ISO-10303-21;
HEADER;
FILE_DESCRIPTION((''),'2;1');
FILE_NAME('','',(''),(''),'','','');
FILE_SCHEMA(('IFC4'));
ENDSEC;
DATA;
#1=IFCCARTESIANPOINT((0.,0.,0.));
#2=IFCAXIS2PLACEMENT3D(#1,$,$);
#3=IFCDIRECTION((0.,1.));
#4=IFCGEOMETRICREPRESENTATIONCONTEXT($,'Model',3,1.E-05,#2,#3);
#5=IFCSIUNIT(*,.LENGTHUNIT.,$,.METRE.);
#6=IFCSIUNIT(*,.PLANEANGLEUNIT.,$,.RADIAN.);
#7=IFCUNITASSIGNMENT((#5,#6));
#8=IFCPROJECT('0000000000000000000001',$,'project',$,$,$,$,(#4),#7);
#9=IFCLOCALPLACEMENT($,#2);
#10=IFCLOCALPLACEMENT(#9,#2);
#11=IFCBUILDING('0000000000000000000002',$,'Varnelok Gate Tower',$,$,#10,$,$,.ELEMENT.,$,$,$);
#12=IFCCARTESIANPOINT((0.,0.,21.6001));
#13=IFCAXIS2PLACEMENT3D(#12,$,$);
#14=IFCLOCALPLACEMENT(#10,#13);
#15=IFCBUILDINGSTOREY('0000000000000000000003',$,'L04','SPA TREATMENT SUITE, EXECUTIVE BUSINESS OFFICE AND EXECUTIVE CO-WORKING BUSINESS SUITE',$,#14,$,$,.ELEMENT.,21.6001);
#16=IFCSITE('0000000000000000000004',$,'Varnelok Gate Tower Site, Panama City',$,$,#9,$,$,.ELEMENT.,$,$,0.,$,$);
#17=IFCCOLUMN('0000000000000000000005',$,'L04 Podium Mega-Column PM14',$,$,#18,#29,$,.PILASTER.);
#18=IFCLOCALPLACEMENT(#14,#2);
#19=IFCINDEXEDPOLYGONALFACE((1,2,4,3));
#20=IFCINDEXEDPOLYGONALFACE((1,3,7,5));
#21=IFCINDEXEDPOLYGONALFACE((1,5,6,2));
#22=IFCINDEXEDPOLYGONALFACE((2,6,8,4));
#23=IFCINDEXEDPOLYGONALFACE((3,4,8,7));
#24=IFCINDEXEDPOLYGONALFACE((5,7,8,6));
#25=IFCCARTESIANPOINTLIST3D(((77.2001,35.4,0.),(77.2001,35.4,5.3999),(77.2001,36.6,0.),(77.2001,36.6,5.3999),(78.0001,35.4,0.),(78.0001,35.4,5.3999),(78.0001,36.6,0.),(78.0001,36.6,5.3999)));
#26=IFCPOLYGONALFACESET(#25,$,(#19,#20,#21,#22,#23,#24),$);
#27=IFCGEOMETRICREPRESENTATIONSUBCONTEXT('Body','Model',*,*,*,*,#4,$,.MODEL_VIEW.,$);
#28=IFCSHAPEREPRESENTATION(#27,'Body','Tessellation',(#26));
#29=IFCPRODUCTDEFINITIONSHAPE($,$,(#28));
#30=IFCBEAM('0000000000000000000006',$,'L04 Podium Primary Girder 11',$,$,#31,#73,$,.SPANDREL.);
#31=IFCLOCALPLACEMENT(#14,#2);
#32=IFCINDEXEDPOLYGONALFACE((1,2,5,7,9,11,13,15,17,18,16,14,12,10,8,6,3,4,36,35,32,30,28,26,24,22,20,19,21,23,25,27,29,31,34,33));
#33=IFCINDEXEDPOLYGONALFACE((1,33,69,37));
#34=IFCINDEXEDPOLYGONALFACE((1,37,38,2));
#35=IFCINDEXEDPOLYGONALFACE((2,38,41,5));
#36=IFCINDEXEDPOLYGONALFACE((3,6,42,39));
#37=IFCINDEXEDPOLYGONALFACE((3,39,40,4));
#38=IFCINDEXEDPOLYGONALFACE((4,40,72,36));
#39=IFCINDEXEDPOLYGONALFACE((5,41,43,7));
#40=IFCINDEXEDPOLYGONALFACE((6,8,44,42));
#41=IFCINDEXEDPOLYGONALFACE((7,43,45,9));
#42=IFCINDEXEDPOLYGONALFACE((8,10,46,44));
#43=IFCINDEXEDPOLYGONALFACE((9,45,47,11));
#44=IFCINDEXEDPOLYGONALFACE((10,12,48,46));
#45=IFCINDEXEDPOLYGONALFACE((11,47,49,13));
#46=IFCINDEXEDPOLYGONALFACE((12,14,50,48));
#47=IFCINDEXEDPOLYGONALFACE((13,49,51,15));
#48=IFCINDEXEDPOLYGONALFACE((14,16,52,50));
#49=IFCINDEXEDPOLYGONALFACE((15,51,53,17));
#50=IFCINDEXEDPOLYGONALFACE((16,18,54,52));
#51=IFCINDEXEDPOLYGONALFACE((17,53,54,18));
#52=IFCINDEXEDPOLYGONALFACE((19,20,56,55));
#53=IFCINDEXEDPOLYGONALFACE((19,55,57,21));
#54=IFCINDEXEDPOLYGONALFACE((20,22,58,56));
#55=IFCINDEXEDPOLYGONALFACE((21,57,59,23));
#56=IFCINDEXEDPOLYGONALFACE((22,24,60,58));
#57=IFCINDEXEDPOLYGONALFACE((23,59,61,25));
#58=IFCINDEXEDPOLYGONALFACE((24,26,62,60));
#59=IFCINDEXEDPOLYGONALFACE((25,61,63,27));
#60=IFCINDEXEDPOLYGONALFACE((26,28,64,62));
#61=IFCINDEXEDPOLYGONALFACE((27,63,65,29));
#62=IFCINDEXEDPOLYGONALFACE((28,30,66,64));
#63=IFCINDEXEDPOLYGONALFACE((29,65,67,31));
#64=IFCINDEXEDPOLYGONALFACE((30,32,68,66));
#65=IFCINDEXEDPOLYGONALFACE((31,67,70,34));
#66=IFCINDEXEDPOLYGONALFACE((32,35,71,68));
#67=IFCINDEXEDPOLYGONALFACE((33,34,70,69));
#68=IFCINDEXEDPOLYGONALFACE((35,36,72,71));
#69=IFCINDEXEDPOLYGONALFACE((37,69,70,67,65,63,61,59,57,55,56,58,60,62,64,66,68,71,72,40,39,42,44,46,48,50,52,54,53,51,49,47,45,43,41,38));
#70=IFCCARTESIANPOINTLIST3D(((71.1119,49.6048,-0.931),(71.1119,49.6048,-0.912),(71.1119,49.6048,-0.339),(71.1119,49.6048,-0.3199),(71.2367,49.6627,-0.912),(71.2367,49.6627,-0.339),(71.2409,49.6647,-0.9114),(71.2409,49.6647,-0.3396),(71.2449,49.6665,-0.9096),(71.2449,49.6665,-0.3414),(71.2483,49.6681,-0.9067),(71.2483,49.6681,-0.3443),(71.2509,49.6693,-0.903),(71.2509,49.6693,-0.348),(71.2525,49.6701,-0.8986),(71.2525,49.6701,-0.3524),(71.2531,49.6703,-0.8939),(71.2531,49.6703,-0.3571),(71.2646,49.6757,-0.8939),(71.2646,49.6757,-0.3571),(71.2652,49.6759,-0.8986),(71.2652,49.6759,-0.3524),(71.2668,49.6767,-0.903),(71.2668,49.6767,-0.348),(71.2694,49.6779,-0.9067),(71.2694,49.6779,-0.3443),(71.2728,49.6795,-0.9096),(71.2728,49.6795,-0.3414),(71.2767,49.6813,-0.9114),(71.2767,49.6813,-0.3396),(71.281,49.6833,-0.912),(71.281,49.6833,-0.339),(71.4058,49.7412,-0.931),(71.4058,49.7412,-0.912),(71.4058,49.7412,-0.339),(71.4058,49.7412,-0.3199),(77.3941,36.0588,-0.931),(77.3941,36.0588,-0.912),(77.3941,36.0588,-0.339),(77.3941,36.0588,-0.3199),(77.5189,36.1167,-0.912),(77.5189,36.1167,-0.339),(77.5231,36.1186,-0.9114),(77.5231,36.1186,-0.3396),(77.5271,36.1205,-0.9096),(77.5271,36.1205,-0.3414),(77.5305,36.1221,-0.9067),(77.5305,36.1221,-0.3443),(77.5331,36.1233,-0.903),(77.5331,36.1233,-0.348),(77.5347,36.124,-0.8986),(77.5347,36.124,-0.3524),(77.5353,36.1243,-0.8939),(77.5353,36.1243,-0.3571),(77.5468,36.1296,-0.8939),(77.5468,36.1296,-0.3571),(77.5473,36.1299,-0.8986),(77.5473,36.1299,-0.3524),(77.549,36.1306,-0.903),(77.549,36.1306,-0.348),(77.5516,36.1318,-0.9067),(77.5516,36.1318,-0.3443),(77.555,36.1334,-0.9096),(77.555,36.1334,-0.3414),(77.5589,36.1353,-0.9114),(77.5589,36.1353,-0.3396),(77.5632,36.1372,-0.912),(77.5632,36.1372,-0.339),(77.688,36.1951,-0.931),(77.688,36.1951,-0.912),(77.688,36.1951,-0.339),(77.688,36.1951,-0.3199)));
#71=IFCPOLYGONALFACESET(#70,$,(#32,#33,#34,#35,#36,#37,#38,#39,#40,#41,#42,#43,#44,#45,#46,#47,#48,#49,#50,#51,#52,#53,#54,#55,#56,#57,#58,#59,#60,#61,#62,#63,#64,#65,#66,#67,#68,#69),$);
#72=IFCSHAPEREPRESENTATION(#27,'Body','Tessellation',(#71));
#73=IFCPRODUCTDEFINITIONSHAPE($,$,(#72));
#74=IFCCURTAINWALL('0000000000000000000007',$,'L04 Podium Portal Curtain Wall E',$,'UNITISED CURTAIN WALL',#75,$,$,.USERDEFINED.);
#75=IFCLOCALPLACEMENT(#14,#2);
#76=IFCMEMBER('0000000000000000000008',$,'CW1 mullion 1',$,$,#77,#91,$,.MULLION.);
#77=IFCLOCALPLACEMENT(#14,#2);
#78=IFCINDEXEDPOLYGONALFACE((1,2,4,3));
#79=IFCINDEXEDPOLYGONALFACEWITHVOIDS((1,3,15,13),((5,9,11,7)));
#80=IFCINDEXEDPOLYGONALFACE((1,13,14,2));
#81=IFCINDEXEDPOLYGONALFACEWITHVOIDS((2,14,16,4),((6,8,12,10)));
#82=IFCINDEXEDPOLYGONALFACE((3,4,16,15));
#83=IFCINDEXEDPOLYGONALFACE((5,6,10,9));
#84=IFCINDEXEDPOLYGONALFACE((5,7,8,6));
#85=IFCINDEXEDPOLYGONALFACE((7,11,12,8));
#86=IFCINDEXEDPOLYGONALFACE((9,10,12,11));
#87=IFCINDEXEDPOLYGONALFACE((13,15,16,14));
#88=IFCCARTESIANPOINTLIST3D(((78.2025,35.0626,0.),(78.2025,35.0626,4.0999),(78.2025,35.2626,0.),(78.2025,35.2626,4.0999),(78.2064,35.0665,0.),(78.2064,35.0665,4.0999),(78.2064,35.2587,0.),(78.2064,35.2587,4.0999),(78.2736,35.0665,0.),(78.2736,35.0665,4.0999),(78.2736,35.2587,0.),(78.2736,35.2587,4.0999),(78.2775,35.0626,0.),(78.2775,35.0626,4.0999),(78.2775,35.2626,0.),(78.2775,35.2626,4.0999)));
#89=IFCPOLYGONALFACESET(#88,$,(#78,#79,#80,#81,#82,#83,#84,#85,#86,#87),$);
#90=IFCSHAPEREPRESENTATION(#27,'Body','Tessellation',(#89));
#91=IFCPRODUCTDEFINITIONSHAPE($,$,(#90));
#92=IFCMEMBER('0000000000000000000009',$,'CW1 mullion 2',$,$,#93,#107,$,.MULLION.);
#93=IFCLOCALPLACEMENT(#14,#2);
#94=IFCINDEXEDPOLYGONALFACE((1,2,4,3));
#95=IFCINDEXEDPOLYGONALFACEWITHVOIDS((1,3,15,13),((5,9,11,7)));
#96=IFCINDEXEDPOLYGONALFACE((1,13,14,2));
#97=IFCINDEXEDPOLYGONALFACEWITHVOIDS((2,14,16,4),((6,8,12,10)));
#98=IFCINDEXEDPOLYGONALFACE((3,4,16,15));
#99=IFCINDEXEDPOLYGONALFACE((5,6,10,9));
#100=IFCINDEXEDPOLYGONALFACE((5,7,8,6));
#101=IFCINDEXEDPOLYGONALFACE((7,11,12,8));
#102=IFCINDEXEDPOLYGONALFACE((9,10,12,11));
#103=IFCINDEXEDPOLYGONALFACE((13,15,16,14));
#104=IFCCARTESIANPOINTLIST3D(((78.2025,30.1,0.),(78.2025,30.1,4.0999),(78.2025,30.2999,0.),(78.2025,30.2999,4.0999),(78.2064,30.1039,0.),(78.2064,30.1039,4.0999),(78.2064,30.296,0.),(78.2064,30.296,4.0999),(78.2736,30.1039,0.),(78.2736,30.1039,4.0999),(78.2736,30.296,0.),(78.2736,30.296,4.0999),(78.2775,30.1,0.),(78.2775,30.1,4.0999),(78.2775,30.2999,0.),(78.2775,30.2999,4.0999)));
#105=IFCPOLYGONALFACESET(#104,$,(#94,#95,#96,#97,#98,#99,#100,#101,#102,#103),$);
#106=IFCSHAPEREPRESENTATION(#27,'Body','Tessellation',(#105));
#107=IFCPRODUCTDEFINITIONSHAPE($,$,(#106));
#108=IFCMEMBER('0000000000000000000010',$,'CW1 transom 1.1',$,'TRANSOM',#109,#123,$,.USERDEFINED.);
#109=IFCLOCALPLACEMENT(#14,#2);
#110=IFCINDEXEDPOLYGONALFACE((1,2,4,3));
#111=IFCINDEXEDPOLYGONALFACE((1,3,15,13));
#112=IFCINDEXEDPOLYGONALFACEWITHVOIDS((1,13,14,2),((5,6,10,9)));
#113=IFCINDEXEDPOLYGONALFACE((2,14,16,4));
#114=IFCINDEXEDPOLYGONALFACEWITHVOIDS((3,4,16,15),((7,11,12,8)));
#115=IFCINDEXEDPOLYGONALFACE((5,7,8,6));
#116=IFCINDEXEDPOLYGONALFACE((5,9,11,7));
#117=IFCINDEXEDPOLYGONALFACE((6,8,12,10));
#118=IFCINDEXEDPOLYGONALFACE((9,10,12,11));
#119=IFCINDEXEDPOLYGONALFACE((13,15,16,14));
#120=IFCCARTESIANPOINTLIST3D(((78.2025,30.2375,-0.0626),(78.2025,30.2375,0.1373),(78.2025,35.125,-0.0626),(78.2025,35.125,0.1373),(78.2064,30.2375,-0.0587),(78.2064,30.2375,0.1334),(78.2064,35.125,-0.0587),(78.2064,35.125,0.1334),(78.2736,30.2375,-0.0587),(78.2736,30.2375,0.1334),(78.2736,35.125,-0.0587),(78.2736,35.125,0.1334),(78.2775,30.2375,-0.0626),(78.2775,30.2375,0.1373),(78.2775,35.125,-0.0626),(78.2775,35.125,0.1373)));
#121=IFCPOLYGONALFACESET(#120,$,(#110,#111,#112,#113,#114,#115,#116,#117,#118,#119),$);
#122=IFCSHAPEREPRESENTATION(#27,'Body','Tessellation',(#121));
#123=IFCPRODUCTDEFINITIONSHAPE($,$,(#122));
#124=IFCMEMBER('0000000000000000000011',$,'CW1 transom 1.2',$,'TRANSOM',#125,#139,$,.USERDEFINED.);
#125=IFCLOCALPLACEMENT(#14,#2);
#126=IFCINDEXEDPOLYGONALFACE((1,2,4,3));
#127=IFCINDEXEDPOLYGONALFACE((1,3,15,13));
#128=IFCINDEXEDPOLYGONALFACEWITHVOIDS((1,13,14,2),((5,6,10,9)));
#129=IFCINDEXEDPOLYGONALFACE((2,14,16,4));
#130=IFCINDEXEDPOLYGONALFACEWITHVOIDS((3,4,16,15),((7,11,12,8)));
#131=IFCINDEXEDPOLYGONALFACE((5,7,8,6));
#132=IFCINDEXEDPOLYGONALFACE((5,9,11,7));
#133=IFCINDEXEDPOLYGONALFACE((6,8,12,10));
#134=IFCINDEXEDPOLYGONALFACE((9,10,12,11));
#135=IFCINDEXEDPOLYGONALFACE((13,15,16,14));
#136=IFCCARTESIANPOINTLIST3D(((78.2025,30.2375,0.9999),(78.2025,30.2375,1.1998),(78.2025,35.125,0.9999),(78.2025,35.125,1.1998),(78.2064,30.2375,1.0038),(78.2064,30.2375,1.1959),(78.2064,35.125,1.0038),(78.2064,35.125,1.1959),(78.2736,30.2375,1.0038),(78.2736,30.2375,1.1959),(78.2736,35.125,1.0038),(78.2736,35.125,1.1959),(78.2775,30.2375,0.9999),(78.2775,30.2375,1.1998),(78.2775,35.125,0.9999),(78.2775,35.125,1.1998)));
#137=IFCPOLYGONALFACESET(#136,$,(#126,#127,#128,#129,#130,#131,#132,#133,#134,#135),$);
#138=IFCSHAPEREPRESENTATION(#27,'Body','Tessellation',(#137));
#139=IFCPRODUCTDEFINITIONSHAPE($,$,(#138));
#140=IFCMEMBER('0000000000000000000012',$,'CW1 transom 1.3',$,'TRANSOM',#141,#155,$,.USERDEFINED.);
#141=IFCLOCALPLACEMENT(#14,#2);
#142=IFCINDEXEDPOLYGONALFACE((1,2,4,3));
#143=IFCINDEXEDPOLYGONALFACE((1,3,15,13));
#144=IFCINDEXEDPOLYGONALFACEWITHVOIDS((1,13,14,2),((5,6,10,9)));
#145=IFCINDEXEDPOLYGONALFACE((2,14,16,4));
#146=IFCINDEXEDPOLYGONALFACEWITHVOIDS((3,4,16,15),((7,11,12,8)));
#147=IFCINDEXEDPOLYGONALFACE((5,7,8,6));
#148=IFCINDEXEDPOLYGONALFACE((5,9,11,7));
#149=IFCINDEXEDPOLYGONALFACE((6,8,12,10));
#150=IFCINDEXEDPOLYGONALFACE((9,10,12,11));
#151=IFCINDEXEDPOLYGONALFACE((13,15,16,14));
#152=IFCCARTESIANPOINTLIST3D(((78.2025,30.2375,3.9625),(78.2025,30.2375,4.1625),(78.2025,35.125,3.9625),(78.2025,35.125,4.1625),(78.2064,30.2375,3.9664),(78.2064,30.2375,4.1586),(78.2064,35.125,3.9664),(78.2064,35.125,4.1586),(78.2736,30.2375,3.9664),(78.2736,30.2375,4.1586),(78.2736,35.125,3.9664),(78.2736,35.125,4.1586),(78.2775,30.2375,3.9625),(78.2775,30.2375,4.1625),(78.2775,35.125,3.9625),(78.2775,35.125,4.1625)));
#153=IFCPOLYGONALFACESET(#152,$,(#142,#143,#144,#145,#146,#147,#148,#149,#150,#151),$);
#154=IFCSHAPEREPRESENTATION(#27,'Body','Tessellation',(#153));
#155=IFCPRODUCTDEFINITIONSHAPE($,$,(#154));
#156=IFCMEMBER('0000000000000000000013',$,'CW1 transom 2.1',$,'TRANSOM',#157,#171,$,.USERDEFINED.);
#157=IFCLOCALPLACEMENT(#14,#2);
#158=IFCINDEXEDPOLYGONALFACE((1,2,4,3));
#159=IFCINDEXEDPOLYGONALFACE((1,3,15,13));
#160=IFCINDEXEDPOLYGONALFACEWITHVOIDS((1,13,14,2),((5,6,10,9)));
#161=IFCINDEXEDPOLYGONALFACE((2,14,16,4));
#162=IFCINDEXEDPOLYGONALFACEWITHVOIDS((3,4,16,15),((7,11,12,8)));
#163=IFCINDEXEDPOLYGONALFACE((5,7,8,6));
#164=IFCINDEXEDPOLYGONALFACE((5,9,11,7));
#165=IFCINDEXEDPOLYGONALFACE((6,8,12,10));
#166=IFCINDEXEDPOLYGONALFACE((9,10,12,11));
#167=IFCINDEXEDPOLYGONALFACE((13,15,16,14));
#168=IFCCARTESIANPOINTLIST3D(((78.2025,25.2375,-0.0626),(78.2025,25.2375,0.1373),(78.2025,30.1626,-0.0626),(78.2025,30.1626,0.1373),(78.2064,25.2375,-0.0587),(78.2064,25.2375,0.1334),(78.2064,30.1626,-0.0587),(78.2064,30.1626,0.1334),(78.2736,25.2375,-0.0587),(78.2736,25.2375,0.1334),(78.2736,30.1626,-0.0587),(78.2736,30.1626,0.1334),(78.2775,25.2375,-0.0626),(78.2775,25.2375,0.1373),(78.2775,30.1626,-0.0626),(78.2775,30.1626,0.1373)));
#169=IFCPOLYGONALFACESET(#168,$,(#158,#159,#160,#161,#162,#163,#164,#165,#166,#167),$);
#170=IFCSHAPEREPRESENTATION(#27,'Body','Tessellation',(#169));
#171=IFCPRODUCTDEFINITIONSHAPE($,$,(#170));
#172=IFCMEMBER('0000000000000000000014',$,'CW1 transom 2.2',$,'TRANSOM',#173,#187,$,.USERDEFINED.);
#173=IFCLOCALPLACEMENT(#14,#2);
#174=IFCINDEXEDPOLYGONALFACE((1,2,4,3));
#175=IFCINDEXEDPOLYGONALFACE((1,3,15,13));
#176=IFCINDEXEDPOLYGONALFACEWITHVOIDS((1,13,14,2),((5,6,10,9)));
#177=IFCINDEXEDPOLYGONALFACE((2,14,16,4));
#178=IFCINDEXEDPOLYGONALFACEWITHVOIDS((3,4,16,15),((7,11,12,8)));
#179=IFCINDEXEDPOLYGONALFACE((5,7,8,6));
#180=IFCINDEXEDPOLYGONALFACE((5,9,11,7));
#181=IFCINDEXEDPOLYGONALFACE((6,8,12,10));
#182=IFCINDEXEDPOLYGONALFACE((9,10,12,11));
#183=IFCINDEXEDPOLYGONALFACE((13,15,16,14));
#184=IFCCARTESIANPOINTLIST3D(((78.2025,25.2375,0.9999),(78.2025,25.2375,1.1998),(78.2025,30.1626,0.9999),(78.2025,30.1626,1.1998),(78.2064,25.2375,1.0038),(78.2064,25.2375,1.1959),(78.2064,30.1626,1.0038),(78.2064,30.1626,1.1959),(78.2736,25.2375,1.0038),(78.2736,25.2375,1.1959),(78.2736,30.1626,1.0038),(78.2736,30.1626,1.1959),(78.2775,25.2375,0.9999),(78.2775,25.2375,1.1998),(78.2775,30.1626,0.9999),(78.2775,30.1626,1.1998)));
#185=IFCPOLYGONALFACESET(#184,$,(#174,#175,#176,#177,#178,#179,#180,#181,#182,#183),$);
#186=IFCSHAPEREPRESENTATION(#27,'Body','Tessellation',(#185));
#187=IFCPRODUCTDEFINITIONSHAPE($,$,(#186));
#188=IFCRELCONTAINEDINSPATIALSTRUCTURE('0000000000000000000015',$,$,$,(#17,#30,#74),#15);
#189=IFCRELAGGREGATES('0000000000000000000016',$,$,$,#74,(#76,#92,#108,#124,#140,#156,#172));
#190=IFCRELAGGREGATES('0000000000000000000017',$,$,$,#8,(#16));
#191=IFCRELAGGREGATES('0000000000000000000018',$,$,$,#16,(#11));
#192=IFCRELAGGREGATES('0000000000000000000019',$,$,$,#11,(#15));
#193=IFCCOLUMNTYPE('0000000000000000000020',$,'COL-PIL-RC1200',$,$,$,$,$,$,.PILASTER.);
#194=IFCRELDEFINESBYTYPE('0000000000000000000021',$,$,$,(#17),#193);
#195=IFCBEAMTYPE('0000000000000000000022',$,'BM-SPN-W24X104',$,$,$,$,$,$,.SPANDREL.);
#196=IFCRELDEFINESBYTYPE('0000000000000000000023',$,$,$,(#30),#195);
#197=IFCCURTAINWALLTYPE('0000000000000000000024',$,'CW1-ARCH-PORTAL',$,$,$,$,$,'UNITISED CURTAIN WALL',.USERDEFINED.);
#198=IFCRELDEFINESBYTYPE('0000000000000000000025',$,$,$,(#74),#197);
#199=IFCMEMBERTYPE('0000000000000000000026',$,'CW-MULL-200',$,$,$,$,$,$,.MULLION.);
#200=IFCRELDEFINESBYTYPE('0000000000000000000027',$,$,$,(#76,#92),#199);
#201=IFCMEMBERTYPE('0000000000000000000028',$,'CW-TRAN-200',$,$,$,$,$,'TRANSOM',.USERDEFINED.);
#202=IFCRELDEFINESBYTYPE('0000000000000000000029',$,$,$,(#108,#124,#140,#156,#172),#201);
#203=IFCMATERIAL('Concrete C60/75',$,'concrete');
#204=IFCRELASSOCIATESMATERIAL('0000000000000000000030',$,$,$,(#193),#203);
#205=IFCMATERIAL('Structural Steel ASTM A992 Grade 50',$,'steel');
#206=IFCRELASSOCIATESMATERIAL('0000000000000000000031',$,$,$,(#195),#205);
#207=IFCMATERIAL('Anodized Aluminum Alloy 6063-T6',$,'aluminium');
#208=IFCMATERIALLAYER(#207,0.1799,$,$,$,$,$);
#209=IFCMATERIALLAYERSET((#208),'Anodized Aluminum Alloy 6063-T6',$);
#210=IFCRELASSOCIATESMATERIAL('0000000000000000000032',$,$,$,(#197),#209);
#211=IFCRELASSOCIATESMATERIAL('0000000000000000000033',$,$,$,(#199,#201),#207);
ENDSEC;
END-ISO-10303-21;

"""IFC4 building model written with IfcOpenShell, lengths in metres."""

from ifc_helpers import new_model, si_unit, direction, frame, origin, origin_2d, place, context, subcontext, project, spatial, rectangle, hollow_rectangle, i_section, extrude, material, layer, layer_set, material_profile, profile_set, type_object, element, aggregate, save


model = new_model("IFC4")

# Units and contexts
model_context = context("Model", 3, precision=1e-05, world=origin(), true_north=direction((0.0, 1.0)))
body_context = subcontext(model_context, "Body", "Model", "MODEL_VIEW")
ifc_project = project(units=[si_unit("LENGTHUNIT", "METRE"), si_unit("PLANEANGLEUNIT", "RADIAN")], contexts=[model_context])

# Site, building, storey
site_placement = place(None, origin())
site = spatial("IfcSite", under=ifc_project, at=site_placement, Name="Varnelok Gate Tower Site, Panama City", CompositionType="ELEMENT", RefElevation=0.0)
building_placement = place(site_placement, origin())
building = spatial("IfcBuilding", under=site, at=building_placement, Name="Varnelok Gate Tower", CompositionType="ELEMENT")
storey_placement = place(building_placement, frame((0.0, 0.0, 21.6001)))
storey = spatial("IfcBuildingStorey", under=building, at=storey_placement, Name="L04", Description="SPA TREATMENT SUITE, EXECUTIVE BUSINESS OFFICE AND EXECUTIVE CO-WORKING BUSINESS SUITE", CompositionType="ELEMENT", Elevation=21.6001)

# Column
ifc_material_1 = material(Name="Concrete C60/75", Category="concrete")
ifc_material_profile_1 = material_profile(ifc_material_1, rectangle(XDim=0.8, YDim=1.2, at=origin_2d()), Name="RC1200X800")
ifc_profile_set_1 = profile_set([ifc_material_profile_1], Name="Concrete C60/75")
column_type = type_object("IfcColumnType", Name="COL-PIL-RC1200", PredefinedType="PILASTER", material=ifc_profile_set_1)
column_placement = place(storey_placement, frame((77.6001, 36.0, 0.0), z_axis=(0.0, 0.0, 1.0), x_axis=(1.0, 0.0, 0.0)))
element("IfcColumn", 1, at=column_placement, inside=storey, type_object=column_type, Name="L04 Podium Mega-Column PM14", PredefinedType="PILASTER", context=body_context, shape_type="SweptSolid", body=[
    extrude(rectangle(XDim=0.8, YDim=1.2, at=origin_2d()), origin(), (0.0, 0.0, 1.0), 5.3999),
])

# Beam
ifc_material_2 = material(Name="Structural Steel ASTM A992 Grade 50", Category="steel")
ifc_material_profile_2 = material_profile(ifc_material_2, i_section(OverallWidth=0.324, OverallDepth=0.6111, WebThickness=0.0127, FlangeThickness=0.019, FilletRadius=0.0181, at=origin_2d()), Name="W24X104")
ifc_profile_set_2 = profile_set([ifc_material_profile_2], Name="Structural Steel ASTM A992 Grade 50")
beam_type = type_object("IfcBeamType", Name="BM-SPN-W24X104", PredefinedType="SPANDREL", material=ifc_profile_set_2)
beam_placement = place(storey_placement, frame((77.541, 36.127, -0.6255), z_axis=(-0.420723, 0.907189, 0.0), x_axis=(-0.907189, -0.420723, 0.0)))
element("IfcBeam", 2, at=beam_placement, inside=storey, type_object=beam_type, Name="L04 Podium Primary Girder 11", PredefinedType="SPANDREL", context=body_context, shape_type="SweptSolid", body=[
    extrude(i_section(OverallWidth=0.324, OverallDepth=0.6111, WebThickness=0.0127, FlangeThickness=0.019, FilletRadius=0.0181, at=origin_2d()), origin(), (0.0, 0.0, 1.0), 14.9319),
])

# Curtain wall, members
ifc_material_3 = material(Name="Anodized Aluminum Alloy 6063-T6", Category="aluminium")
ifc_layer_1 = layer(ifc_material_3, 0.1799)
ifc_layer_set_1 = layer_set([ifc_layer_1], Name="Anodized Aluminum Alloy 6063-T6")
curtain_wall_type = type_object("IfcCurtainWallType", Name="CW1-ARCH-PORTAL", ElementType="UNITISED CURTAIN WALL", PredefinedType="USERDEFINED", material=ifc_layer_set_1)
curtain_wall_placement = place(storey_placement, origin())
curtain_wall = element("IfcCurtainWall", 3, at=curtain_wall_placement, inside=storey, type_object=curtain_wall_type, Name="L04 Podium Portal Curtain Wall E", ObjectType="UNITISED CURTAIN WALL", PredefinedType="USERDEFINED")
ifc_material_profile_3 = material_profile(ifc_material_3, hollow_rectangle(XDim=0.075, YDim=0.2, WallThickness=0.0039, at=origin_2d()), Name="ALU200X75X4")
ifc_profile_set_3 = profile_set([ifc_material_profile_3], Name="Anodized Aluminum Alloy 6063-T6")
member_type_1 = type_object("IfcMemberType", Name="CW-MULL-200", PredefinedType="MULLION", material=ifc_profile_set_3)
member_1_placement = place(storey_placement, frame((78.24, 35.1626, 0.0), z_axis=(0.0, 0.0, 1.0), x_axis=(1.0, 0.0, 0.0)))
member_1 = element("IfcMember", 4, at=member_1_placement, type_object=member_type_1, Name="CW1 mullion 1", PredefinedType="MULLION", context=body_context, shape_type="SweptSolid", body=[
    extrude(hollow_rectangle(XDim=0.075, YDim=0.2, WallThickness=0.0039, at=origin_2d()), origin(), (0.0, 0.0, 1.0), 4.0999),
])
member_2_placement = place(storey_placement, frame((78.24, 30.2, 0.0), z_axis=(0.0, 0.0, 1.0), x_axis=(1.0, 0.0, 0.0)))
member_2 = element("IfcMember", 5, at=member_2_placement, type_object=member_type_1, Name="CW1 mullion 2", PredefinedType="MULLION", context=body_context, shape_type="SweptSolid", body=[
    extrude(hollow_rectangle(XDim=0.075, YDim=0.2, WallThickness=0.0039, at=origin_2d()), origin(), (0.0, 0.0, 1.0), 4.0999),
])
ifc_material_profile_4 = material_profile(ifc_material_3, hollow_rectangle(XDim=0.075, YDim=0.2, WallThickness=0.0039, at=origin_2d()), Name="ALU200X75X4")
ifc_profile_set_4 = profile_set([ifc_material_profile_4], Name="Anodized Aluminum Alloy 6063-T6")
member_type_2 = type_object("IfcMemberType", Name="CW-TRAN-200", ElementType="TRANSOM", PredefinedType="USERDEFINED", material=ifc_profile_set_4)
member_3_placement = place(storey_placement, frame((78.24, 35.125, 0.0374), z_axis=(0.0, -1.0, 0.0), x_axis=(1.0, 0.0, 0.0)))
member_3 = element("IfcMember", 6, at=member_3_placement, type_object=member_type_2, Name="CW1 transom 1.1", ObjectType="TRANSOM", PredefinedType="USERDEFINED", context=body_context, shape_type="SweptSolid", body=[
    extrude(hollow_rectangle(XDim=0.075, YDim=0.2, WallThickness=0.0039, at=origin_2d()), origin(), (0.0, 0.0, 1.0), 4.8875),
])
member_4_placement = place(storey_placement, frame((78.24, 35.125, 1.0999), z_axis=(0.0, -1.0, 0.0), x_axis=(1.0, 0.0, 0.0)))
member_4 = element("IfcMember", 7, at=member_4_placement, type_object=member_type_2, Name="CW1 transom 1.2", ObjectType="TRANSOM", PredefinedType="USERDEFINED", context=body_context, shape_type="SweptSolid", body=[
    extrude(hollow_rectangle(XDim=0.075, YDim=0.2, WallThickness=0.0039, at=origin_2d()), origin(), (0.0, 0.0, 1.0), 4.8875),
])
member_5_placement = place(storey_placement, frame((78.24, 35.125, 4.0625), z_axis=(0.0, -1.0, 0.0), x_axis=(1.0, 0.0, 0.0)))
member_5 = element("IfcMember", 8, at=member_5_placement, type_object=member_type_2, Name="CW1 transom 1.3", ObjectType="TRANSOM", PredefinedType="USERDEFINED", context=body_context, shape_type="SweptSolid", body=[
    extrude(hollow_rectangle(XDim=0.075, YDim=0.2, WallThickness=0.0039, at=origin_2d()), origin(), (0.0, 0.0, 1.0), 4.8875),
])
member_6_placement = place(storey_placement, frame((78.24, 30.1626, 0.0374), z_axis=(0.0, -1.0, 0.0), x_axis=(1.0, 0.0, 0.0)))
member_6 = element("IfcMember", 9, at=member_6_placement, type_object=member_type_2, Name="CW1 transom 2.1", ObjectType="TRANSOM", PredefinedType="USERDEFINED", context=body_context, shape_type="SweptSolid", body=[
    extrude(hollow_rectangle(XDim=0.075, YDim=0.2, WallThickness=0.0039, at=origin_2d()), origin(), (0.0, 0.0, 1.0), 4.925),
])
member_7_placement = place(storey_placement, frame((78.24, 30.1626, 1.0999), z_axis=(0.0, -1.0, 0.0), x_axis=(1.0, 0.0, 0.0)))
member_7 = element("IfcMember", 10, at=member_7_placement, type_object=member_type_2, Name="CW1 transom 2.2", ObjectType="TRANSOM", PredefinedType="USERDEFINED", context=body_context, shape_type="SweptSolid", body=[
    extrude(hollow_rectangle(XDim=0.075, YDim=0.2, WallThickness=0.0039, at=origin_2d()), origin(), (0.0, 0.0, 1.0), 4.925),
])
aggregate(curtain_wall, [member_1, member_2, member_3, member_4, member_5, member_6, member_7])

save(model, "model.ifc")
